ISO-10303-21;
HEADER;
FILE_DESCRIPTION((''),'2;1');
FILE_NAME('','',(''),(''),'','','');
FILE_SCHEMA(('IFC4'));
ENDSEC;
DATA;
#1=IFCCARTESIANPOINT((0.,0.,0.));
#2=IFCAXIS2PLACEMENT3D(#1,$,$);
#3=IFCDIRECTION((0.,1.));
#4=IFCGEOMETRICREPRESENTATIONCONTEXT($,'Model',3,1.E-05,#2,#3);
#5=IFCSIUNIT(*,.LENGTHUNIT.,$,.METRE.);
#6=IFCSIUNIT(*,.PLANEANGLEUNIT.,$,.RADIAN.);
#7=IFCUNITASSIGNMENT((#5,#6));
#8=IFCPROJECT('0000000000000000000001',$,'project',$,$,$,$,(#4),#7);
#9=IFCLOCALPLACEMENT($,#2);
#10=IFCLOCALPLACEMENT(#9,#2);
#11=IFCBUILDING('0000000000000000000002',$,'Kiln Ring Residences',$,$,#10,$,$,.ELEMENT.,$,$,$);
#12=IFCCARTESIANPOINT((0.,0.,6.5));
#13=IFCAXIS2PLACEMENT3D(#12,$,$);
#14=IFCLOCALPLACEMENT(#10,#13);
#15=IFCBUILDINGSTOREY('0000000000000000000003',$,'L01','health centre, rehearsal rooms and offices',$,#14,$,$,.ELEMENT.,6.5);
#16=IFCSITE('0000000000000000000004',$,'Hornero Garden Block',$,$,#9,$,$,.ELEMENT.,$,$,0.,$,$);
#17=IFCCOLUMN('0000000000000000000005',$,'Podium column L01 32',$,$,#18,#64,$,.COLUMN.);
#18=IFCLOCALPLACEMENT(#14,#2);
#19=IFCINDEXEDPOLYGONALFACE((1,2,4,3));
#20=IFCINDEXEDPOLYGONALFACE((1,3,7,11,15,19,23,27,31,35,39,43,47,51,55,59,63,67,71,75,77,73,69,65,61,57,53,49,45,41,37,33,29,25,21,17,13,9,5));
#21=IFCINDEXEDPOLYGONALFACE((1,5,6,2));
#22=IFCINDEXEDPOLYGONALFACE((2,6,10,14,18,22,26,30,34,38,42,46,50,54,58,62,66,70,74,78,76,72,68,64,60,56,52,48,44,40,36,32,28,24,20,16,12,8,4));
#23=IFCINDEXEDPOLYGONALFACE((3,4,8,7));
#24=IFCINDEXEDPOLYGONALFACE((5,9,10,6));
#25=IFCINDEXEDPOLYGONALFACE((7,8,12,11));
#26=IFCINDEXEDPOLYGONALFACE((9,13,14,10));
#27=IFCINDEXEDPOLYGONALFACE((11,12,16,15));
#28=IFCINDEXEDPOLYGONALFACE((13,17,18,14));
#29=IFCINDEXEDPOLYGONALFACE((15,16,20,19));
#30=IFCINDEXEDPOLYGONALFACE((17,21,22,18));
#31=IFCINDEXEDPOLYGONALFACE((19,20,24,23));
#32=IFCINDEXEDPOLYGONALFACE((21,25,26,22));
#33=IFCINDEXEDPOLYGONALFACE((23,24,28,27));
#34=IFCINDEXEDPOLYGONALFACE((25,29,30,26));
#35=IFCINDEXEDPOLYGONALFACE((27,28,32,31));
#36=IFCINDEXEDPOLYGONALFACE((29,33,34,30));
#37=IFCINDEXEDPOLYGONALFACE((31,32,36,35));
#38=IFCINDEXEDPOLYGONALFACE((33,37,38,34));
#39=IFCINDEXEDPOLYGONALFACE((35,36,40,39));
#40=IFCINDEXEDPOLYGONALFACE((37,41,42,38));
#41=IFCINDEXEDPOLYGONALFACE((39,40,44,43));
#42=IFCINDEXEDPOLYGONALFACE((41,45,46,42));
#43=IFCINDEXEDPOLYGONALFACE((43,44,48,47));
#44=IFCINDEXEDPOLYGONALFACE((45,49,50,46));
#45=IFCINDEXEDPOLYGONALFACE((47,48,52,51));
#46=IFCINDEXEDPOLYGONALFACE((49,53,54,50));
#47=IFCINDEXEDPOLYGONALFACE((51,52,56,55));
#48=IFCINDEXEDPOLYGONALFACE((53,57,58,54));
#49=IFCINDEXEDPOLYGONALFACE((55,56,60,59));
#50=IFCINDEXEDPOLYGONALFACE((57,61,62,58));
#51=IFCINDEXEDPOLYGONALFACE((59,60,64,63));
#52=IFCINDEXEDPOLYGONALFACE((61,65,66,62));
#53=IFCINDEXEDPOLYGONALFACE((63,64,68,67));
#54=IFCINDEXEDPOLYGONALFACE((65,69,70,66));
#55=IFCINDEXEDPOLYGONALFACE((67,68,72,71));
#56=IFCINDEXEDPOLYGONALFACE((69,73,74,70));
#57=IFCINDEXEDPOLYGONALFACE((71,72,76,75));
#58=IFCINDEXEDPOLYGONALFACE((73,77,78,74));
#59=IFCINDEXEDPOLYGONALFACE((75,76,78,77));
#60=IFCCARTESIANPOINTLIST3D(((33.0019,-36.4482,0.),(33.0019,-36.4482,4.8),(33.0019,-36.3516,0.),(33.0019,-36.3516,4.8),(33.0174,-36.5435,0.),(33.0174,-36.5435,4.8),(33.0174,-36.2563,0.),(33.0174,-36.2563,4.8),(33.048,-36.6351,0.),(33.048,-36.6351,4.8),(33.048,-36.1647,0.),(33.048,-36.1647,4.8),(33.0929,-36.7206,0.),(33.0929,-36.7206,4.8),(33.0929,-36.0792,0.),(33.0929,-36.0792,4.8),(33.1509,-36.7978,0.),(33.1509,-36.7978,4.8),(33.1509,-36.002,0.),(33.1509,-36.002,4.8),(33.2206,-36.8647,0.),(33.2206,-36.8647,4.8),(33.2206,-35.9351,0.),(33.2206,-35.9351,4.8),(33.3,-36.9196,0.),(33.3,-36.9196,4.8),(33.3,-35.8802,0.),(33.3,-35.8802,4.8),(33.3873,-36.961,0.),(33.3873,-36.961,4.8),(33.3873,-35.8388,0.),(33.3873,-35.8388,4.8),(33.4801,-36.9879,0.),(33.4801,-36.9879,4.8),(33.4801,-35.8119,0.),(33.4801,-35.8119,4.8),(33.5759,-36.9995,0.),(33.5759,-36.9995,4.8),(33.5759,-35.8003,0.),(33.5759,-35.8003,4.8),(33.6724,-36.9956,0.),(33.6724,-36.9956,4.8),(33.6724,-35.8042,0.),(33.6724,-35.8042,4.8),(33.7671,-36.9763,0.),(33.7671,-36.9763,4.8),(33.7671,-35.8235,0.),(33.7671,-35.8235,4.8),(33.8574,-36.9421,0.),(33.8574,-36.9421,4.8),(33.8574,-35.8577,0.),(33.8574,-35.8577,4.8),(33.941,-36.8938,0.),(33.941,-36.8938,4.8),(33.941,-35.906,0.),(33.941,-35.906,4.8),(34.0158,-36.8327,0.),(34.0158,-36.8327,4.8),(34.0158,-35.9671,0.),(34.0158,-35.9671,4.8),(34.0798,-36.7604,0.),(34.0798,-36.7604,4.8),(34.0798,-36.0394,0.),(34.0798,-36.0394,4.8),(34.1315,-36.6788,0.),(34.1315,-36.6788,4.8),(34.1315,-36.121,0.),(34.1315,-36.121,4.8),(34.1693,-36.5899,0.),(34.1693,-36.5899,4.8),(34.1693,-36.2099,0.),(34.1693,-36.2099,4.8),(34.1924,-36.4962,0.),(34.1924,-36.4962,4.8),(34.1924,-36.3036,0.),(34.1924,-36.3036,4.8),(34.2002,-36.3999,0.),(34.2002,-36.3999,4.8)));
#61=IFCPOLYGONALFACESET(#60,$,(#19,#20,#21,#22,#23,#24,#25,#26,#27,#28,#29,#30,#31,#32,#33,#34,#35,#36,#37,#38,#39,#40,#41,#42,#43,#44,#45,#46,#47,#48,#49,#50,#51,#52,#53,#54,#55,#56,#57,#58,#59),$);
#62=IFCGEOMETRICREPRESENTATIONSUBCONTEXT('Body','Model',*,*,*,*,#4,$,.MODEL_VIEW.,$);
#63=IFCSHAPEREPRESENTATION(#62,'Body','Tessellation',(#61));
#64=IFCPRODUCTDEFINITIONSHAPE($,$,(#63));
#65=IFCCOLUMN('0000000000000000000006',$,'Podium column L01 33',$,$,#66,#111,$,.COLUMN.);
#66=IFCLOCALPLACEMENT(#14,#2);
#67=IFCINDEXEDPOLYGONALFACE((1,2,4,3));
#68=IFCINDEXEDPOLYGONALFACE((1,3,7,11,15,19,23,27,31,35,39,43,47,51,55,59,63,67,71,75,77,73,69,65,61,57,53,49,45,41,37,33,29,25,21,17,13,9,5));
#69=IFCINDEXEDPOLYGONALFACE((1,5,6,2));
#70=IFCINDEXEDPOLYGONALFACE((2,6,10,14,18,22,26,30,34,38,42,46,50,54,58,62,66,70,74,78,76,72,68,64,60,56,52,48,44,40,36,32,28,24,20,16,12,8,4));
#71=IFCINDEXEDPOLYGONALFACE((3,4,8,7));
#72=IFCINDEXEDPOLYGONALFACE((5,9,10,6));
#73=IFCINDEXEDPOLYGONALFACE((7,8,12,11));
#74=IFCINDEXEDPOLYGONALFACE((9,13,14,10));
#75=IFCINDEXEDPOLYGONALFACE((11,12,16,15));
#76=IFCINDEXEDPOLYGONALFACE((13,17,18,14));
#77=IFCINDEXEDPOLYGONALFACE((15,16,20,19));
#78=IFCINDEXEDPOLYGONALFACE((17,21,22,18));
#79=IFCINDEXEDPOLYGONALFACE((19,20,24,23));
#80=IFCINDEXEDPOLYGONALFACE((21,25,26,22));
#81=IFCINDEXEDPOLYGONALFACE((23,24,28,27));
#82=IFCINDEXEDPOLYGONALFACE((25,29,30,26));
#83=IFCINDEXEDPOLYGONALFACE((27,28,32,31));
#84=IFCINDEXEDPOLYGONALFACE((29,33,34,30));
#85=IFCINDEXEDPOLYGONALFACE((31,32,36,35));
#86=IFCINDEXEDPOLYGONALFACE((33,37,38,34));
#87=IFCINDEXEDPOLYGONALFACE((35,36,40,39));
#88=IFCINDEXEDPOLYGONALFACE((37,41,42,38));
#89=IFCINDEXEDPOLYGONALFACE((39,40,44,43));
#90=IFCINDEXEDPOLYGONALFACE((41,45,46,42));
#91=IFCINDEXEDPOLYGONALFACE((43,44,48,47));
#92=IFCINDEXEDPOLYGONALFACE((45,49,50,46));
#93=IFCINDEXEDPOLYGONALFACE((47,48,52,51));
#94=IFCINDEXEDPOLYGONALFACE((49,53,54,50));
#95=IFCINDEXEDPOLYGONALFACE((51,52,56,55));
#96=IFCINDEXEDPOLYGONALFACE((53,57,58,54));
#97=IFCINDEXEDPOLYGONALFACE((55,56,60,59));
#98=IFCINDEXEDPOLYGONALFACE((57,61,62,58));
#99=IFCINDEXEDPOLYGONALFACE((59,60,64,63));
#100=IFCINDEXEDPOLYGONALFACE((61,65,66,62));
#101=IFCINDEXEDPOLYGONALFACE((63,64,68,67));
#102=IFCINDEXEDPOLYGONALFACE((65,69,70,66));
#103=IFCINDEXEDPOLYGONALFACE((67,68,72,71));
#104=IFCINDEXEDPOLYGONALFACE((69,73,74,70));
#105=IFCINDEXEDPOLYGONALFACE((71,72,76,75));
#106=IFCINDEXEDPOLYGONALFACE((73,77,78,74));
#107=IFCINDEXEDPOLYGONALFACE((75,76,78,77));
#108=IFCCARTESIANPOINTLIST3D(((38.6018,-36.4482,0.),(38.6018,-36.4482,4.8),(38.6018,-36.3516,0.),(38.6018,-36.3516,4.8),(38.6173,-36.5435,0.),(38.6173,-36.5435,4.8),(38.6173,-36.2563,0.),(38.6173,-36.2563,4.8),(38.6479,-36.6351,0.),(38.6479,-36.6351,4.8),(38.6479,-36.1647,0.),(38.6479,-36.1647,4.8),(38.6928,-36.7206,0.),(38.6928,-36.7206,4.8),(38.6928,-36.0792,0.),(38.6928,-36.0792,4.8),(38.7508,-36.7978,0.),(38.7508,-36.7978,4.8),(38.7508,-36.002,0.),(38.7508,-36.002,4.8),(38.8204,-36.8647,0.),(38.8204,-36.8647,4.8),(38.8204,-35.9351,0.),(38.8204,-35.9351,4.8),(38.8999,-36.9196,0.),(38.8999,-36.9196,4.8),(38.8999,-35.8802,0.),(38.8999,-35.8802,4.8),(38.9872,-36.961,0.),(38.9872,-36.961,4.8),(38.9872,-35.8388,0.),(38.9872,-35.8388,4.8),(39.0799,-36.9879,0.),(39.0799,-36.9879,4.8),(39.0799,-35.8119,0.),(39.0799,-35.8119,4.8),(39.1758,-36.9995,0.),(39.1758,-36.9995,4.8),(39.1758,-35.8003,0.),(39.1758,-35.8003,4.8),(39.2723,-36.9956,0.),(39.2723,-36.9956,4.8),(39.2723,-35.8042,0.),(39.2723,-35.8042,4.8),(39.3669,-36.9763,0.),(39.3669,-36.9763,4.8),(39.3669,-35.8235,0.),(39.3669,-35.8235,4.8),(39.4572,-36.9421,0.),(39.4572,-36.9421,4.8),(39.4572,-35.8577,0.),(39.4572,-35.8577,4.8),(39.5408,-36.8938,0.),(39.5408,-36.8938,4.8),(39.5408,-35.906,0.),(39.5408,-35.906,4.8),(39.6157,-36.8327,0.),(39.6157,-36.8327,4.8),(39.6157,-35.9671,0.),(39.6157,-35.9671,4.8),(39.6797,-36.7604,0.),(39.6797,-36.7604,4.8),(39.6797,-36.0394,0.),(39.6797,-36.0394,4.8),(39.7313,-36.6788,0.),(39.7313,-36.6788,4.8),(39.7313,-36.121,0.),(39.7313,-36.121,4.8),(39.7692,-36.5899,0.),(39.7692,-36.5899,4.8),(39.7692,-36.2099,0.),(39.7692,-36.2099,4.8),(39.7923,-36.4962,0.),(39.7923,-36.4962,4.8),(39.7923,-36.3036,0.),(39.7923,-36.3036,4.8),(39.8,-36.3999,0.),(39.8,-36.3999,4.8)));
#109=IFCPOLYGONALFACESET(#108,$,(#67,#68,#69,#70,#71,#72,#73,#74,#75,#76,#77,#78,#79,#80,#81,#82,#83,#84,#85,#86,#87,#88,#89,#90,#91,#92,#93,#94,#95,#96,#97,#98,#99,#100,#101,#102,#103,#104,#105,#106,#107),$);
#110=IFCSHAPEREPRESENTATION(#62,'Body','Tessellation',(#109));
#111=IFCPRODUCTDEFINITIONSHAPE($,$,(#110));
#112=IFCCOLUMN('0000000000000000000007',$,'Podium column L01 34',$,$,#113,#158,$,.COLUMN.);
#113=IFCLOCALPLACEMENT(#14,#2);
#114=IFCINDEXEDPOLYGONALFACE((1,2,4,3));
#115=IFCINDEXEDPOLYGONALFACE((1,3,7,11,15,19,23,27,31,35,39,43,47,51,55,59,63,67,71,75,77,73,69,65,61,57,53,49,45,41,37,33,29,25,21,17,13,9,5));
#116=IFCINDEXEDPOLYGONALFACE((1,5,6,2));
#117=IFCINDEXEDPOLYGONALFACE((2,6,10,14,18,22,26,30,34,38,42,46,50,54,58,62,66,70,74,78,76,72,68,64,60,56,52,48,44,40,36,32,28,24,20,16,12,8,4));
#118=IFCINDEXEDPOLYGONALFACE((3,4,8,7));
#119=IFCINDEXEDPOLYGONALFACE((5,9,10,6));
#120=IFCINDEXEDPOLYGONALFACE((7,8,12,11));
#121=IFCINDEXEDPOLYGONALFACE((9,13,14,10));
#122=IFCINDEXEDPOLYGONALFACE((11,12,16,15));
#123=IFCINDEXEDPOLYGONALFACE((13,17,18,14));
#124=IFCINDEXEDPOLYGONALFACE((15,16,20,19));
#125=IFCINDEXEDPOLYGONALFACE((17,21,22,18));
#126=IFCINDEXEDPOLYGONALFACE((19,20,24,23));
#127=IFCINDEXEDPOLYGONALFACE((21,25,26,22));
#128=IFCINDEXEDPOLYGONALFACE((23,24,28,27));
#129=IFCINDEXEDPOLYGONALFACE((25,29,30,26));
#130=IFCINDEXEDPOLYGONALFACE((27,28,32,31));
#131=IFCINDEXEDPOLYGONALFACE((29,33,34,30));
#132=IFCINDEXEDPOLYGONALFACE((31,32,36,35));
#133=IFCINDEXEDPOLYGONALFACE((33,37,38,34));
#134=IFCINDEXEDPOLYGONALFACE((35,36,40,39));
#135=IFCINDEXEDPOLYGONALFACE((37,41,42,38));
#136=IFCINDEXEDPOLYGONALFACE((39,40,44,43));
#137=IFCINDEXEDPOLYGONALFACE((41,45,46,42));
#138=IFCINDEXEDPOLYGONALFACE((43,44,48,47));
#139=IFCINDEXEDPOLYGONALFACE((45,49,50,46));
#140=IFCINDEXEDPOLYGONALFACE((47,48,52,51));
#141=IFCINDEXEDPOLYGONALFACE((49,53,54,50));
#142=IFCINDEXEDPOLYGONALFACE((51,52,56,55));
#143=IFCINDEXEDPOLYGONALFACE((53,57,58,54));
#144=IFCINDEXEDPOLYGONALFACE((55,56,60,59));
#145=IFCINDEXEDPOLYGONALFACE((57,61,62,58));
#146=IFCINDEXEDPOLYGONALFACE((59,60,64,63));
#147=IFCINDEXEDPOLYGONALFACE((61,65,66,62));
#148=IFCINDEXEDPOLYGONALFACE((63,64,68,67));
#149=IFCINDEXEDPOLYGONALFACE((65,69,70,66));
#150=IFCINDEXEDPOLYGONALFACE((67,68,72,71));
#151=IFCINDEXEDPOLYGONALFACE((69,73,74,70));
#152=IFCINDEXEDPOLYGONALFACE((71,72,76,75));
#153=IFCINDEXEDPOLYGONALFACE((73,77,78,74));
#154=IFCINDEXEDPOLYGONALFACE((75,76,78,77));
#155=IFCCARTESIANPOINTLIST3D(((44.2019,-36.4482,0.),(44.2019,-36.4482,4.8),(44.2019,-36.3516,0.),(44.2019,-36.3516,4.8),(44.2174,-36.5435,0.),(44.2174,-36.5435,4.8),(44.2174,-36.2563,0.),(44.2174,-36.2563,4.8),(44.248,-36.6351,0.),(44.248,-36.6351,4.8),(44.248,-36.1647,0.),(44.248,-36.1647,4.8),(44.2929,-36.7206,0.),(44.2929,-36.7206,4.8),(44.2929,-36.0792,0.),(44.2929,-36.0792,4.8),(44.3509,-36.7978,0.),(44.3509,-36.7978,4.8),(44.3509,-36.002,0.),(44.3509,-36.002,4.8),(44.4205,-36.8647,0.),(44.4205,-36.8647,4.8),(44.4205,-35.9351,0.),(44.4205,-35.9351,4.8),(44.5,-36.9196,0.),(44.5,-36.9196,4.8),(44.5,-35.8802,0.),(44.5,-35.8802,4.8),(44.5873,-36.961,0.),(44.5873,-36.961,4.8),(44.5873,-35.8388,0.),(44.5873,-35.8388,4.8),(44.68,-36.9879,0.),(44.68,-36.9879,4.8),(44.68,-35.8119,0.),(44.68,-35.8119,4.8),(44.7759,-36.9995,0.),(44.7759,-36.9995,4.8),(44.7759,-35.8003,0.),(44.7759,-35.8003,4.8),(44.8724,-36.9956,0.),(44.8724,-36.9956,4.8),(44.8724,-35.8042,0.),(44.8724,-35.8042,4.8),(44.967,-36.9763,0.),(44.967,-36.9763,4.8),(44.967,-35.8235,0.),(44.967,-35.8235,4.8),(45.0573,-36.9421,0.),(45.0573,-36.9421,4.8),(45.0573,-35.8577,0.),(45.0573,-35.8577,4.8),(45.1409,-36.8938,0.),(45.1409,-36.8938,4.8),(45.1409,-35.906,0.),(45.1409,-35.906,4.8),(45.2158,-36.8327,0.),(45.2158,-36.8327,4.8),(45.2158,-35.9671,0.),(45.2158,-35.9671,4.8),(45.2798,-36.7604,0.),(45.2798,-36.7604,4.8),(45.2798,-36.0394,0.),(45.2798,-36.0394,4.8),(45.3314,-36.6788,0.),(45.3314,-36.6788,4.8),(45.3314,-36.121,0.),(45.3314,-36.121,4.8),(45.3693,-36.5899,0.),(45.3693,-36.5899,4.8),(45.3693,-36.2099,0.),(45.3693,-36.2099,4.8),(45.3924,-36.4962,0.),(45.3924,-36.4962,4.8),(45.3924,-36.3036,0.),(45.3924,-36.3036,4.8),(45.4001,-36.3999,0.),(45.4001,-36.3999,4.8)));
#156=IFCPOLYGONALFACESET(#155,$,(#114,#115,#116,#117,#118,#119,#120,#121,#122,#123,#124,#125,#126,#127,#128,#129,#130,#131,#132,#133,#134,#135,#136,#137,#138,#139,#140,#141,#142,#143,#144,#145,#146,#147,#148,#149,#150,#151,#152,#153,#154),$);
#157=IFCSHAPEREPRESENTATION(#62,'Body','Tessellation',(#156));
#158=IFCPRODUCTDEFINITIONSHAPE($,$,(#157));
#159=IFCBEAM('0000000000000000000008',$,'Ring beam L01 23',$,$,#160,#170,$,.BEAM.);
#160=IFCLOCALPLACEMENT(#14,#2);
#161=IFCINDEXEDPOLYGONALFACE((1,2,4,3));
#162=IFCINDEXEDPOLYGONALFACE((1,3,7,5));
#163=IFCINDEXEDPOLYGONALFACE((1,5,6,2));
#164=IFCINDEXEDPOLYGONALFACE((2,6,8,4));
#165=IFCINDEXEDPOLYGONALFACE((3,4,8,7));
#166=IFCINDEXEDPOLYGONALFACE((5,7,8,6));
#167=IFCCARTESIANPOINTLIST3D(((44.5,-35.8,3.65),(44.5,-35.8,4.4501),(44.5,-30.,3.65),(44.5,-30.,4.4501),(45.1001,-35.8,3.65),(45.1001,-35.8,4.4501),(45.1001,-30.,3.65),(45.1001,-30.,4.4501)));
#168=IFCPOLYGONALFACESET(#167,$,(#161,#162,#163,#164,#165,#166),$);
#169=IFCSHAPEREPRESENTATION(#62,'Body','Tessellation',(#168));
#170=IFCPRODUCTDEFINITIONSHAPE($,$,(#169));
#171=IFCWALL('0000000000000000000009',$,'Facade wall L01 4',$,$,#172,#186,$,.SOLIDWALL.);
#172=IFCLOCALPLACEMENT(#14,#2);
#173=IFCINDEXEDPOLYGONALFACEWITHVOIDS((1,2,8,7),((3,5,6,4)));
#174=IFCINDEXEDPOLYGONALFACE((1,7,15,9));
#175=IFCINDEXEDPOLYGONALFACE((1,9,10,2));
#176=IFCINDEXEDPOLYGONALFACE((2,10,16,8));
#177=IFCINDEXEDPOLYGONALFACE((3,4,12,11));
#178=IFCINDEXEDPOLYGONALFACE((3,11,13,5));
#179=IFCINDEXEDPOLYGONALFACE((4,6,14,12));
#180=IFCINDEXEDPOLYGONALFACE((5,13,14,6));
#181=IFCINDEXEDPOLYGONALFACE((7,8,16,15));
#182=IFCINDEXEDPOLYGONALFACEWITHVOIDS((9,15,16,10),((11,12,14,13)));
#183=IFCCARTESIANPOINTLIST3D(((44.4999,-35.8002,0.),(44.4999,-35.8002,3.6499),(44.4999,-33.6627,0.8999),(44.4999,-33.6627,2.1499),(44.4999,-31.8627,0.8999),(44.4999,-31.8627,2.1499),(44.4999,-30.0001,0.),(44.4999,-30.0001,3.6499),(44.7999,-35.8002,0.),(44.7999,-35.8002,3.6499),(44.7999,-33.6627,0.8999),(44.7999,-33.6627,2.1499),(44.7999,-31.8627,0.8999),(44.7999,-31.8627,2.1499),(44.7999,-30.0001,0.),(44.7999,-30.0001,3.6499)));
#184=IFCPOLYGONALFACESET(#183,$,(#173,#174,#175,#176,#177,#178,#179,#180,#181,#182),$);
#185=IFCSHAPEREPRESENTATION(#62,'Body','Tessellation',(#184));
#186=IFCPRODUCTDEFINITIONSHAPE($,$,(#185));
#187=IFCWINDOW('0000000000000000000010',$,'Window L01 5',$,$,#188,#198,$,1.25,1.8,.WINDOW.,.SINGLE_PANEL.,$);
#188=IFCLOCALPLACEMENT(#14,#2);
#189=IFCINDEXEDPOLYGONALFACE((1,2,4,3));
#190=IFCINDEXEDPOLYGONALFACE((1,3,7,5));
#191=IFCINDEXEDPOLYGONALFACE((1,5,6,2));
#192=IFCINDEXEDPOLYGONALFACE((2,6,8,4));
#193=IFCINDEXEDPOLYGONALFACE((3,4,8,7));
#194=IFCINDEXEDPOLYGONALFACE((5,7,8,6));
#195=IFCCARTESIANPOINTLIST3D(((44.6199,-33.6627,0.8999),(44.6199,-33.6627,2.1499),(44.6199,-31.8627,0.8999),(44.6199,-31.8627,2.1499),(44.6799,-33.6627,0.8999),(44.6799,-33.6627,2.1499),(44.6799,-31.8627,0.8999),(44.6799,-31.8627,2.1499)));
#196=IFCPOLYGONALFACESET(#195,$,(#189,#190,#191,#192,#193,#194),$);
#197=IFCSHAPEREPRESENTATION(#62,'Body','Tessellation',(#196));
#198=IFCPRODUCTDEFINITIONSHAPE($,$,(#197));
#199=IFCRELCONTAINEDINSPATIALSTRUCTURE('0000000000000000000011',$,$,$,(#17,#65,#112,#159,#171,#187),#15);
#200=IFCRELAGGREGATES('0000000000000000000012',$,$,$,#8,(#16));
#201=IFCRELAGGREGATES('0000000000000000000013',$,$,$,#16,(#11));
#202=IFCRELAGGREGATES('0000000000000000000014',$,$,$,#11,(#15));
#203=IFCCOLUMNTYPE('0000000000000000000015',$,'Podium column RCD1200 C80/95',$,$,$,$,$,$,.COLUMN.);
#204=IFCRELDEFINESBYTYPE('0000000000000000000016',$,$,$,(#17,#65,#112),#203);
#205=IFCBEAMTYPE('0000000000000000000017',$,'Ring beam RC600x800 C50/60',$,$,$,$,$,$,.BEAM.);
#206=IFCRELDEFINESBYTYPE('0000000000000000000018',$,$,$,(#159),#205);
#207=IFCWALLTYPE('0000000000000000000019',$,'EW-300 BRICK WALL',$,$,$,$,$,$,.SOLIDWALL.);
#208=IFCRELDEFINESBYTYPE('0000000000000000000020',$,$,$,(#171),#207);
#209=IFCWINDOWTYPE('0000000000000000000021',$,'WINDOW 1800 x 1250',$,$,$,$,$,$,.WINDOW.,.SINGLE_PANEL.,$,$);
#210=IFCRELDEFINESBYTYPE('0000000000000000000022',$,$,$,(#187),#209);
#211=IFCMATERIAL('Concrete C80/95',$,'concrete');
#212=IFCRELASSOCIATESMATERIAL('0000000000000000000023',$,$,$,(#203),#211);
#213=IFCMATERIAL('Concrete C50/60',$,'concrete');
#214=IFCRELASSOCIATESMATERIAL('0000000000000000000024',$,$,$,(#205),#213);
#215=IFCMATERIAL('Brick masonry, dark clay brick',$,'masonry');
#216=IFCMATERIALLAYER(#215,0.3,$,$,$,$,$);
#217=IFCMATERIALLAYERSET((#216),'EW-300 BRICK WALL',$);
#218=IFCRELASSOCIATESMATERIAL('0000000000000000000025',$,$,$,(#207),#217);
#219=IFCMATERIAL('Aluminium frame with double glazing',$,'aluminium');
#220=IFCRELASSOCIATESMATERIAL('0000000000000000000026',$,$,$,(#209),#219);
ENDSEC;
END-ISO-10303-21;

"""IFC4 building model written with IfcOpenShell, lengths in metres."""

from ifc_helpers import new_model, si_unit, direction, frame, frame_2d, origin, origin_2d, place, context, subcontext, project, spatial, rectangle, circle, extrude, material, layer, layer_set, material_profile, profile_set, type_object, element, fill, save


model = new_model("IFC4")

# Units and contexts
model_context = context("Model", 3, precision=1e-05, world=origin(), true_north=direction((0.0, 1.0)))
body_context = subcontext(model_context, "Body", "Model", "MODEL_VIEW")
ifc_project = project(units=[si_unit("LENGTHUNIT", "METRE"), si_unit("PLANEANGLEUNIT", "RADIAN")], contexts=[model_context])

# Site, building, storey
site_placement = place(None, origin())
site = spatial("IfcSite", under=ifc_project, at=site_placement, Name="Hornero Garden Block", CompositionType="ELEMENT", RefElevation=0.0)
building_placement = place(site_placement, origin())
building = spatial("IfcBuilding", under=site, at=building_placement, Name="Kiln Ring Residences", CompositionType="ELEMENT")
storey_placement = place(building_placement, frame((0.0, 0.0, 6.5)))
storey = spatial("IfcBuildingStorey", under=building, at=storey_placement, Name="L01", Description="health centre, rehearsal rooms and offices", CompositionType="ELEMENT", Elevation=6.5)

# Columns
ifc_material_1 = material(Name="Concrete C80/95", Category="concrete")
ifc_material_profile_1 = material_profile(ifc_material_1, circle(Radius=0.6001, at=origin_2d()), Name="RCD1200")
ifc_profile_set_1 = profile_set([ifc_material_profile_1], Name="Concrete C80/95")
column_type = type_object("IfcColumnType", Name="Podium column RCD1200 C80/95", PredefinedType="COLUMN", material=ifc_profile_set_1)
for number, where, z_axis, x_axis, name in (
    (1, (33.6001, -36.3999, 0.0), (0.0, 0.0, 1.0), (1.0, 0.0, 0.0), "Podium column L01 32"),
    (2, (39.2, -36.3999, 0.0), (0.0, 0.0, 1.0), (1.0, 0.0, 0.0), "Podium column L01 33"),
    (3, (44.8, -36.3999, 0.0), (0.0, 0.0, 1.0), (1.0, 0.0, 0.0), "Podium column L01 34"),
):
    element("IfcColumn", number, at=place(storey_placement, frame(where, z_axis=z_axis, x_axis=x_axis)), inside=storey, type_object=column_type, Name=name, PredefinedType="COLUMN", context=body_context, shape_type="SweptSolid", body=[
        extrude(circle(Radius=0.6001, at=origin_2d()), origin(), (0.0, 0.0, 1.0), 4.8),
    ])

# Beam
ifc_material_2 = material(Name="Concrete C50/60", Category="concrete")
ifc_material_profile_2 = material_profile(ifc_material_2, rectangle(XDim=0.6001, YDim=0.8, at=origin_2d()), Name="RC600x800")
ifc_profile_set_2 = profile_set([ifc_material_profile_2], Name="Concrete C50/60")
beam_type = type_object("IfcBeamType", Name="Ring beam RC600x800 C50/60", PredefinedType="BEAM", material=ifc_profile_set_2)
beam_placement = place(storey_placement, frame((44.8, -30.0, 4.05), z_axis=(0.0, -1.0, 0.0), x_axis=(1.0, 0.0, 0.0)))
element("IfcBeam", 4, at=beam_placement, inside=storey, type_object=beam_type, Name="Ring beam L01 23", PredefinedType="BEAM", context=body_context, shape_type="SweptSolid", body=[
    extrude(rectangle(XDim=0.6001, YDim=0.8, at=origin_2d()), origin(), (0.0, 0.0, 1.0), 5.8),
])

# Wall, opening, window
ifc_material_3 = material(Name="Brick masonry, dark clay brick", Category="masonry")
ifc_layer_1 = layer(ifc_material_3, 0.3)
ifc_layer_set_1 = layer_set([ifc_layer_1], Name="EW-300 BRICK WALL")
wall_type_1 = type_object("IfcWallType", Name="EW-300 BRICK WALL", PredefinedType="SOLIDWALL", material=ifc_layer_set_1)
wall_1_placement = place(storey_placement, frame((44.6499, -35.8, 0.0), z_axis=(0.0, 0.0, 1.0), x_axis=(0.0, 1.0, 0.0)))
wall_1 = element("IfcWall", 5, at=wall_1_placement, inside=storey, type_object=wall_type_1, Name="Facade wall L01 4", PredefinedType="SOLIDWALL", context=body_context, shape_type="SweptSolid", body=[
    extrude(rectangle(XDim=5.8, YDim=0.3, at=frame_2d((2.8999, 0.0))), origin(), (0.0, 0.0, 1.0), 3.6499),
])
opening_1_placement = place(wall_1_placement, frame((2.1375, 0.0, 0.8999)))
opening_1 = element("IfcOpeningElement", 6, at=opening_1_placement, cuts=wall_1, PredefinedType="OPENING", context=body_context, shape_type="SweptSolid", body=[
    extrude(rectangle(XDim=1.8, YDim=1.25, at=frame_2d((0.8999, 0.625))), frame((0.0, 0.1599, 0.0), z_axis=(0.0, -1.0, 0.0), x_axis=(1.0, 0.0, 0.0)), (0.0, 0.0, 1.0), 0.3201),
])
ifc_material_4 = material(Name="Aluminium frame with double glazing", Category="aluminium")
window_type_1 = type_object("IfcWindowType", Name="WINDOW 1800 x 1250", PartitioningType="SINGLE_PANEL", PredefinedType="WINDOW", material=ifc_material_4)
window_1_placement = place(opening_1_placement, origin())
window_1 = element("IfcWindow", 7, at=window_1_placement, inside=storey, type_object=window_type_1, Name="Window L01 5", OverallHeight=1.25, OverallWidth=1.8, PartitioningType="SINGLE_PANEL", PredefinedType="WINDOW", context=body_context, shape_type="SweptSolid", body=[
    extrude(rectangle(XDim=1.8, YDim=1.25, at=frame_2d((0.8999, 0.625))), frame((0.0, 0.03, 0.0), z_axis=(0.0, -1.0, 0.0), x_axis=(1.0, 0.0, 0.0)), (0.0, 0.0, 1.0), 0.0601),
])
fill(opening_1, window_1)

save(model, "model.ifc")
